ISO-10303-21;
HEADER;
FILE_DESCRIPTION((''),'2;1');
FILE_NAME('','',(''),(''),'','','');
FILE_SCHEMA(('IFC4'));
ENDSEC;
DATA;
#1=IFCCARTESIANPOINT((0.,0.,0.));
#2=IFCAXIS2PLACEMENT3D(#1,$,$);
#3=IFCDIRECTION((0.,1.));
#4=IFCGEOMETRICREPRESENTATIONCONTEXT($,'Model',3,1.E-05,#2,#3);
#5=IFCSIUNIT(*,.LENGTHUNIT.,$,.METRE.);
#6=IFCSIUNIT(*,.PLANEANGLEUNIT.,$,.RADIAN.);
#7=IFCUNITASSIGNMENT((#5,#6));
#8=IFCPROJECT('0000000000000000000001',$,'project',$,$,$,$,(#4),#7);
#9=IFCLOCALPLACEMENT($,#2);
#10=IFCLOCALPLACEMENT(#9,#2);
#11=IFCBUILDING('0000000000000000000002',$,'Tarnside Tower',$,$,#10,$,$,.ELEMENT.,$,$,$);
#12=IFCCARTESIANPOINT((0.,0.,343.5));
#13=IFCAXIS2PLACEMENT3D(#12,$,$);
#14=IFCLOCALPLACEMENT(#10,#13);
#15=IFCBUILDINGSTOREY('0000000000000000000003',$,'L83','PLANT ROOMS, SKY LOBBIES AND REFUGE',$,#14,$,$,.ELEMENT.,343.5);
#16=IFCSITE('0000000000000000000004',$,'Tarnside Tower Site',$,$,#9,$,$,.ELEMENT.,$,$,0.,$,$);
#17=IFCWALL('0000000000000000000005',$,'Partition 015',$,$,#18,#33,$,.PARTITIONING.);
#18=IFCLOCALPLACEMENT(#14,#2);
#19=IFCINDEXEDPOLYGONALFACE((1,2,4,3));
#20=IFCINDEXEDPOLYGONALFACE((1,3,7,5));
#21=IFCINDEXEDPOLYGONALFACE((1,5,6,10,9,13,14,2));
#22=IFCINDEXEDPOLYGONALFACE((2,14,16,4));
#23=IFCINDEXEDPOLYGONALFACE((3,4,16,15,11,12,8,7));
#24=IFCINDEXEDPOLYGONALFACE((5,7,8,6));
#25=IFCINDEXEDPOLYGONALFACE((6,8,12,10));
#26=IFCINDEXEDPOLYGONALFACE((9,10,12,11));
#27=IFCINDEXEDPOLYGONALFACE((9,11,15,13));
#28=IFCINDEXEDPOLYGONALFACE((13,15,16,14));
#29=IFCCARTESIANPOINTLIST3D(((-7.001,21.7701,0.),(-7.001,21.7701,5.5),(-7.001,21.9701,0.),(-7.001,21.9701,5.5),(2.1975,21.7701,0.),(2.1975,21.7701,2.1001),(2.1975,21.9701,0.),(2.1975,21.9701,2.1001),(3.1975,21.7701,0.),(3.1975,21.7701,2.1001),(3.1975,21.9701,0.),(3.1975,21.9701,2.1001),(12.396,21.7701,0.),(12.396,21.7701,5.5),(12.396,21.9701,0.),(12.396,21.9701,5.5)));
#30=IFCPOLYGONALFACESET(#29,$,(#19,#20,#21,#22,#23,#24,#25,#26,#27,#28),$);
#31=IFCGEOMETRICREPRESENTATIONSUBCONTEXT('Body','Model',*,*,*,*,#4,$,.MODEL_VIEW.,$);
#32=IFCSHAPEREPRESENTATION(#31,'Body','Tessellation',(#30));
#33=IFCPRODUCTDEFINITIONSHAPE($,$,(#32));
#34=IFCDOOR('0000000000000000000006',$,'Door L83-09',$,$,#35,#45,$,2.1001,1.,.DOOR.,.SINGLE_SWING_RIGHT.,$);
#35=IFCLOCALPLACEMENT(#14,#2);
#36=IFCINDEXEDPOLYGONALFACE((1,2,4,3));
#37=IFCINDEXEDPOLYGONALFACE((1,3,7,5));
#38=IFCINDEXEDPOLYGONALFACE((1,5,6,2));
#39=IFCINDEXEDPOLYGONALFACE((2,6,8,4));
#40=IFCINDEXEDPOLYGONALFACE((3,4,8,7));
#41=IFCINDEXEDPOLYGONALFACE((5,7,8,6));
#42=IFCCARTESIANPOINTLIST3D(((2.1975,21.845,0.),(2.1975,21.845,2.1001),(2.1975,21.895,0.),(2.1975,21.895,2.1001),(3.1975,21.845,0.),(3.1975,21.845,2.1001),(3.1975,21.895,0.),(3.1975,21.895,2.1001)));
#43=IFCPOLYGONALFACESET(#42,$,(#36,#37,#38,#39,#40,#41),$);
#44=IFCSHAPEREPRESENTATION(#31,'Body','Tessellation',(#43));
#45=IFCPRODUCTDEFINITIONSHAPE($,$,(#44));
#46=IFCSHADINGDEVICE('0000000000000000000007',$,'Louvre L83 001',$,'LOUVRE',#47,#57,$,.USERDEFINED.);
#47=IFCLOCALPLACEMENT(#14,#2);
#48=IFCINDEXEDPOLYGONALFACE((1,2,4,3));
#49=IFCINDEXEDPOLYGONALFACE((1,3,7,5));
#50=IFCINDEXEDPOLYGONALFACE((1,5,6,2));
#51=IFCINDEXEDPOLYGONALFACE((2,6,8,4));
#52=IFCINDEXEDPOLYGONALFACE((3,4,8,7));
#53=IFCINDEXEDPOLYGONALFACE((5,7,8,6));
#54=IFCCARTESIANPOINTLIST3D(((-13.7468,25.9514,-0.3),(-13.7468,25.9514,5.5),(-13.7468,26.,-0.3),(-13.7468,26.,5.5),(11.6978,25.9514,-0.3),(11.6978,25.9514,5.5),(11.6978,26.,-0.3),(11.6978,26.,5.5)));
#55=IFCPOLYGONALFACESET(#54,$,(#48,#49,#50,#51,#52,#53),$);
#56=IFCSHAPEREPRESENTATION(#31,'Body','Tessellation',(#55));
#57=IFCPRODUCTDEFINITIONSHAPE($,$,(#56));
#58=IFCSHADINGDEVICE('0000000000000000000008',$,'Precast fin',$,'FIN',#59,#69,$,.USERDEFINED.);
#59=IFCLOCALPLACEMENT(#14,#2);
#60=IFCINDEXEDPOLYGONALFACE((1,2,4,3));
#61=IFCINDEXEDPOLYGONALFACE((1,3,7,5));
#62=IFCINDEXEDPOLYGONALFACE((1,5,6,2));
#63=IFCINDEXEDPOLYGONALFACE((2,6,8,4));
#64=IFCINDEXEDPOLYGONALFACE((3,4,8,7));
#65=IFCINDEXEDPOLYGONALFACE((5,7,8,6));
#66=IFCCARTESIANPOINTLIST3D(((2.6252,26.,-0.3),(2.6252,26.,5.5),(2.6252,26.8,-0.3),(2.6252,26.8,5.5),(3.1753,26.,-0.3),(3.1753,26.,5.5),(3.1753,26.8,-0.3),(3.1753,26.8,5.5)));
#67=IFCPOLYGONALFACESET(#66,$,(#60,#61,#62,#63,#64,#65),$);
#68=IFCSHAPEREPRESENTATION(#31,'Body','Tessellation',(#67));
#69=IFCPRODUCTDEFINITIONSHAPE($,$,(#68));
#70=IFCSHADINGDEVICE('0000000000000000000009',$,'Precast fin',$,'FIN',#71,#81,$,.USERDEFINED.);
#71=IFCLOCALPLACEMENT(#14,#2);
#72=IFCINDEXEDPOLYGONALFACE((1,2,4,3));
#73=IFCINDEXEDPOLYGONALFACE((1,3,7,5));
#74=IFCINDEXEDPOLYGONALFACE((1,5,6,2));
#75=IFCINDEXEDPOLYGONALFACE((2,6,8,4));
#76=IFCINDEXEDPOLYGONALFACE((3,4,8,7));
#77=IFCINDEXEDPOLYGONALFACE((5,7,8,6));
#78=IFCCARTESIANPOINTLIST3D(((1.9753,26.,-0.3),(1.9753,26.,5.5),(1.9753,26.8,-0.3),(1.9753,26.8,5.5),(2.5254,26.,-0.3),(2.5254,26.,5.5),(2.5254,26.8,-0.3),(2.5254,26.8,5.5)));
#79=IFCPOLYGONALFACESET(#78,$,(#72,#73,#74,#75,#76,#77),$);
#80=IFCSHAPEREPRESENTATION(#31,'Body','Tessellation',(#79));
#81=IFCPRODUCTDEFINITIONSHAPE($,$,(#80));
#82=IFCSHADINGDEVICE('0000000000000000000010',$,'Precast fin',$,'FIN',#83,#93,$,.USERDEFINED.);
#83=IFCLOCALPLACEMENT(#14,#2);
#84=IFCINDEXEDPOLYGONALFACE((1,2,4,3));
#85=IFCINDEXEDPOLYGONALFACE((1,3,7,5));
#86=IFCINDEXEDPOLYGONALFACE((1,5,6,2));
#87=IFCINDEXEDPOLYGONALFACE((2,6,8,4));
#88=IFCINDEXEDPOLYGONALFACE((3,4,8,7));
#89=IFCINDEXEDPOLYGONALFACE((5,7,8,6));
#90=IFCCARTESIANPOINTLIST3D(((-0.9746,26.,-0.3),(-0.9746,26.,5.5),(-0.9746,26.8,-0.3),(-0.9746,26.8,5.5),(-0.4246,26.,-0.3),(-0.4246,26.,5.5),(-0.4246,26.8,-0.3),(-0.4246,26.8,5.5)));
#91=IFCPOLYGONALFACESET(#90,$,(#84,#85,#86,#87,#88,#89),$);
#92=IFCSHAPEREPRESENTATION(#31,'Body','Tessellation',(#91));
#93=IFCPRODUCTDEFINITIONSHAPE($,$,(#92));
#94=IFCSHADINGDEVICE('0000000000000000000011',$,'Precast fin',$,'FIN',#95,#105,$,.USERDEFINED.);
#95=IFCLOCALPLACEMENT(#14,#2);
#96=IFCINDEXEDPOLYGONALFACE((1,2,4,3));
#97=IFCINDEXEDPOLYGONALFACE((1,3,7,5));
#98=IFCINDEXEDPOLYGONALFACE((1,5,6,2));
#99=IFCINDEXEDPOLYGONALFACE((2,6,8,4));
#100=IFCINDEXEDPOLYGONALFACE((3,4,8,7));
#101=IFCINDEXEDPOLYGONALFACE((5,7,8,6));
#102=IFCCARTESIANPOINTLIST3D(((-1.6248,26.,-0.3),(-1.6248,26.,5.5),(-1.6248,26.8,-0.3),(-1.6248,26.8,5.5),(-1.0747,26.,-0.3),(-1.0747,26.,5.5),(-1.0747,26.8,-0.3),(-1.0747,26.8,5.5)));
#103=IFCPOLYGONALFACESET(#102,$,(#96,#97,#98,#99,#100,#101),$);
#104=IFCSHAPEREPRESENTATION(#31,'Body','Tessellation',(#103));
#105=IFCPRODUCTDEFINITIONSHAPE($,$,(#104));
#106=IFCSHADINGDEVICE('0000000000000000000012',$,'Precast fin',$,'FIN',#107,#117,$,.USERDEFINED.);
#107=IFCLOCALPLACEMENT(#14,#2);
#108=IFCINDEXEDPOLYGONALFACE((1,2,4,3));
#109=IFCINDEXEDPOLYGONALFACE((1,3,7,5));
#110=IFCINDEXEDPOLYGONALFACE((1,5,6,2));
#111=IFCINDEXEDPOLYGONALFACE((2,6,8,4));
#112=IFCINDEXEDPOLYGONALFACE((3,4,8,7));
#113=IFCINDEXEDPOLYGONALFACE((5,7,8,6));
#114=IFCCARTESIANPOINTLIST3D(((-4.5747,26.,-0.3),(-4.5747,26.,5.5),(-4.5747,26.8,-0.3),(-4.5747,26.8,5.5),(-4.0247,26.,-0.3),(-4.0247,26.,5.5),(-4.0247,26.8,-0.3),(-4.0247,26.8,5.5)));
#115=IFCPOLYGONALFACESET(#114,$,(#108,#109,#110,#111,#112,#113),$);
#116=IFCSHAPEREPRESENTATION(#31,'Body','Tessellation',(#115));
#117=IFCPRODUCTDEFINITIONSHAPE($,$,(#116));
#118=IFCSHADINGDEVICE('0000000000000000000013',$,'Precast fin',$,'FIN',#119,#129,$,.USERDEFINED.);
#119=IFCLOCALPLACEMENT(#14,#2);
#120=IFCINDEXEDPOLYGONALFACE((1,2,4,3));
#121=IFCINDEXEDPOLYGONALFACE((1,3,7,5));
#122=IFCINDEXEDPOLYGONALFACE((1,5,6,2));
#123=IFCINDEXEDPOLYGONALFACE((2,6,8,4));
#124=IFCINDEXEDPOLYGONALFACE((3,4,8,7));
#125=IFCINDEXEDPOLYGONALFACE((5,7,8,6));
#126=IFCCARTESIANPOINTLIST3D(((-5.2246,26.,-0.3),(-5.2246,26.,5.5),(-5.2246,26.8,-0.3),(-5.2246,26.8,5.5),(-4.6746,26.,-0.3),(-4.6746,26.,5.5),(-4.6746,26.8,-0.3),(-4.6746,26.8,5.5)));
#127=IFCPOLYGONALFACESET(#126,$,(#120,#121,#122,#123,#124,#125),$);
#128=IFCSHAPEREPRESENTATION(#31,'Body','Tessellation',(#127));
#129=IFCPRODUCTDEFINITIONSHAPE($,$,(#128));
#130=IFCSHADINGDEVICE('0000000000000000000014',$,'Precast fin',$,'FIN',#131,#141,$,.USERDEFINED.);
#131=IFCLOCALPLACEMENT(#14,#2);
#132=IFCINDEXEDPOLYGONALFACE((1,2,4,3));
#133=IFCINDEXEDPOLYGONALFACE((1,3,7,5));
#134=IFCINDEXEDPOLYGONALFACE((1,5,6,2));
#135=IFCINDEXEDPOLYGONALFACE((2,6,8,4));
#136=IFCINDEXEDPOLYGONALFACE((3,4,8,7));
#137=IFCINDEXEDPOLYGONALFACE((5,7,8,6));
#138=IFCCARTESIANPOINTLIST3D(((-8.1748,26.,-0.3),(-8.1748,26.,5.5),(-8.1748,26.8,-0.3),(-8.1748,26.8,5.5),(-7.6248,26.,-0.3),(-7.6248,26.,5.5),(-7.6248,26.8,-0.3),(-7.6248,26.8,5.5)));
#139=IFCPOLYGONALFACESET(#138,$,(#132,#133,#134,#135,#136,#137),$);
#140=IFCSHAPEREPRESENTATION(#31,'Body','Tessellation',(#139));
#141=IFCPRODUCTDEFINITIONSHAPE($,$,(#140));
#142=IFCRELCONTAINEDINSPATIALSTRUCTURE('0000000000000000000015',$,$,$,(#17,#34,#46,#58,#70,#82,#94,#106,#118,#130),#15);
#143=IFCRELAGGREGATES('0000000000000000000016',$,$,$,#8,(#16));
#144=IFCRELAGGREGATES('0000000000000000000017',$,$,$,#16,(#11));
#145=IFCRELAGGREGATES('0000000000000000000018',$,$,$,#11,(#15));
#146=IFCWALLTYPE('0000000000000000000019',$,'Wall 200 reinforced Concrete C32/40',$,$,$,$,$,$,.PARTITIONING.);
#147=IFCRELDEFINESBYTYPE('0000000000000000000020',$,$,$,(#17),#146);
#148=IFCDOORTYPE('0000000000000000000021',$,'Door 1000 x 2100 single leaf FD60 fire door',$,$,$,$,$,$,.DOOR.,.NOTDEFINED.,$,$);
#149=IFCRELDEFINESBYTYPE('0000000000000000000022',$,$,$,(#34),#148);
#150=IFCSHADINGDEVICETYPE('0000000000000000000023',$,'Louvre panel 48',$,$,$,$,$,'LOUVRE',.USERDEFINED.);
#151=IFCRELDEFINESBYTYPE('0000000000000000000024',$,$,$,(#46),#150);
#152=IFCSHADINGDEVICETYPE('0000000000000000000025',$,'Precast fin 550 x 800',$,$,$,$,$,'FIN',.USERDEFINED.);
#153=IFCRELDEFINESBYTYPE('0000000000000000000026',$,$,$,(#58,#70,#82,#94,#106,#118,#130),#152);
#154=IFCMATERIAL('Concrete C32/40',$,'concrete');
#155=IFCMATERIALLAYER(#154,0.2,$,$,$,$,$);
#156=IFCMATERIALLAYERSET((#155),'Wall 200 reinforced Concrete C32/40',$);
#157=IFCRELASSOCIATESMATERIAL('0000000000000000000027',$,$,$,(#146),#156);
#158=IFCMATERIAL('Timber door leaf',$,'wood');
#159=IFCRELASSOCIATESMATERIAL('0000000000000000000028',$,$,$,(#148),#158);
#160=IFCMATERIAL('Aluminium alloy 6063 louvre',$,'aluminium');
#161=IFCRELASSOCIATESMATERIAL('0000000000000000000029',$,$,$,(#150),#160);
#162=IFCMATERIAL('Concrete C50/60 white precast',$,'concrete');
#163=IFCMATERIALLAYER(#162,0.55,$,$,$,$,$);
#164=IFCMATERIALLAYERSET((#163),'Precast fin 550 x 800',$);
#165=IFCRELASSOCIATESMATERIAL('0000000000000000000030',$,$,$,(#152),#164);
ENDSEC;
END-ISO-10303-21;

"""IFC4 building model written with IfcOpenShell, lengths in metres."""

from ifc_helpers import new_model, si_unit, direction, frame, frame_2d, origin, place, context, subcontext, project, spatial, polyline, rectangle, outline, extrude, material, layer, layer_set, type_object, element, fill, save


model = new_model("IFC4")

# Units and contexts
model_context = context("Model", 3, precision=1e-05, world=origin(), true_north=direction((0.0, 1.0)))
body_context = subcontext(model_context, "Body", "Model", "MODEL_VIEW")
ifc_project = project(units=[si_unit("LENGTHUNIT", "METRE"), si_unit("PLANEANGLEUNIT", "RADIAN")], contexts=[model_context])

# Site, building, storey
site_placement = place(None, origin())
site = spatial("IfcSite", under=ifc_project, at=site_placement, Name="Tarnside Tower Site", CompositionType="ELEMENT", RefElevation=0.0)
building_placement = place(site_placement, origin())
building = spatial("IfcBuilding", under=site, at=building_placement, Name="Tarnside Tower", CompositionType="ELEMENT")
storey_placement = place(building_placement, frame((0.0, 0.0, 343.5)))
storey = spatial("IfcBuildingStorey", under=building, at=storey_placement, Name="L83", Description="PLANT ROOMS, SKY LOBBIES AND REFUGE", CompositionType="ELEMENT", Elevation=343.5)

# Shared definitions
ifc_material_1 = material(Name="Concrete C32/40", Category="concrete")
ifc_layer_1 = layer(ifc_material_1, 0.2)
ifc_layer_set_1 = layer_set([ifc_layer_1], Name="Wall 200 reinforced Concrete C32/40")
wall_type = type_object("IfcWallType", Name="Wall 200 reinforced Concrete C32/40", PredefinedType="PARTITIONING", material=ifc_layer_set_1)

# Wall, opening, door
wall_1_placement = place(storey_placement, frame((-7.001, 21.8701, 0.0), z_axis=(0.0, 0.0, 1.0), x_axis=(1.0, 0.0, 0.0)))
wall_1 = element("IfcWall", 1, at=wall_1_placement, inside=storey, type_object=wall_type, Name="Partition 015", PredefinedType="PARTITIONING", context=body_context, shape_type="SweptSolid", body=[
    extrude(rectangle(XDim=19.397, YDim=0.2, at=frame_2d((9.6985, 0.0))), origin(), (0.0, 0.0, 1.0), 5.5),
])
opening_placement = place(wall_1_placement, frame((9.1985, 0.0, 0.0)))
opening = element("IfcOpeningElement", 2, at=opening_placement, cuts=wall_1, PredefinedType="OPENING", context=body_context, shape_type="SweptSolid", body=[
    extrude(rectangle(XDim=1.0, YDim=2.1001, at=frame_2d((0.5, 1.05))), frame((0.0, 0.1099, 0.0), z_axis=(0.0, -1.0, 0.0), x_axis=(1.0, 0.0, 0.0)), (0.0, 0.0, 1.0), 0.22),
])
ifc_material_2 = material(Name="Timber door leaf", Category="wood")
door_type = type_object("IfcDoorType", Name="Door 1000 x 2100 single leaf FD60 fire door", OperationType="NOTDEFINED", PredefinedType="DOOR", material=ifc_material_2)
door_placement = place(opening_placement, origin())
door = element("IfcDoor", 3, at=door_placement, inside=storey, type_object=door_type, Name="Door L83-09", OperationType="SINGLE_SWING_RIGHT", OverallHeight=2.1001, OverallWidth=1.0, PredefinedType="DOOR", context=body_context, shape_type="SweptSolid", body=[
    extrude(rectangle(XDim=1.0, YDim=2.1001, at=frame_2d((0.5, 1.05))), frame((0.0, 0.0249, 0.0), z_axis=(0.0, -1.0, 0.0), x_axis=(1.0, 0.0, 0.0)), (0.0, 0.0, 1.0), 0.05),
])
fill(opening, door)

# Shading devices
ifc_material_3 = material(Name="Aluminium alloy 6063 louvre", Category="aluminium")
shading_device_type_1 = type_object("IfcShadingDeviceType", Name="Louvre panel 48", ElementType="LOUVRE", PredefinedType="USERDEFINED", material=ifc_material_3)
shading_device_placement = place(storey_placement, frame((-1.0247, 25.9514, -0.3), z_axis=(1.0, 0.0, 0.0), x_axis=(0.0, 1.0, 0.0)))
element("IfcShadingDevice", 4, at=shading_device_placement, inside=storey, type_object=shading_device_type_1, Name="Louvre L83 001", ObjectType="LOUVRE", PredefinedType="USERDEFINED", context=body_context, shape_type="SweptSolid", body=[
    extrude(outline(polyline([(0.0, 0.0), (0.0486, 0.0), (0.0486, 5.8), (0.0, 5.8), (0.0, 0.0)])), frame((0.0, 0.0, -12.7222)), (0.0, 0.0, 1.0), 25.4446),
])
ifc_material_4 = material(Name="Concrete C50/60 white precast", Category="concrete")
ifc_layer_2 = layer(ifc_material_4, 0.55)
ifc_layer_set_2 = layer_set([ifc_layer_2], Name="Precast fin 550 x 800")
shading_device_type_2 = type_object("IfcShadingDeviceType", Name="Precast fin 550 x 800", ElementType="FIN", PredefinedType="USERDEFINED", material=ifc_layer_set_2)
for number, where, z_axis, x_axis, name in (
    (5, (2.9001, 26.0, -0.3), (1.0, 0.0, 0.0), (0.0, 1.0, 0.0), "Precast fin"),
    (6, (2.2502, 26.0, -0.3), (1.0, 0.0, 0.0), (0.0, 1.0, 0.0), "Precast fin"),
    (7, (-0.6997, 26.0, -0.3), (1.0, 0.0, 0.0), (0.0, 1.0, 0.0), "Precast fin"),
    (8, (-1.3499, 26.0, -0.3), (1.0, 0.0, 0.0), (0.0, 1.0, 0.0), "Precast fin"),
    (9, (-4.2998, 26.0, -0.3), (1.0, 0.0, 0.0), (0.0, 1.0, 0.0), "Precast fin"),
    (10, (-4.9497, 26.0, -0.3), (1.0, 0.0, 0.0), (0.0, 1.0, 0.0), "Precast fin"),
    (11, (-7.8999, 26.0, -0.3), (1.0, 0.0, 0.0), (0.0, 1.0, 0.0), "Precast fin"),
):
    element("IfcShadingDevice", number, at=place(storey_placement, frame(where, z_axis=z_axis, x_axis=x_axis)), inside=storey, type_object=shading_device_type_2, Name=name, ObjectType="FIN", PredefinedType="USERDEFINED", context=body_context, shape_type="SweptSolid", body=[
        extrude(outline(polyline([(0.0, 0.0), (0.8, 0.0), (0.8, 5.8), (0.0, 5.8), (0.0, 0.0)])), frame((0.0, 0.0, -0.2749)), (0.0, 0.0, 1.0), 0.55),
    ])

save(model, "model.ifc")
